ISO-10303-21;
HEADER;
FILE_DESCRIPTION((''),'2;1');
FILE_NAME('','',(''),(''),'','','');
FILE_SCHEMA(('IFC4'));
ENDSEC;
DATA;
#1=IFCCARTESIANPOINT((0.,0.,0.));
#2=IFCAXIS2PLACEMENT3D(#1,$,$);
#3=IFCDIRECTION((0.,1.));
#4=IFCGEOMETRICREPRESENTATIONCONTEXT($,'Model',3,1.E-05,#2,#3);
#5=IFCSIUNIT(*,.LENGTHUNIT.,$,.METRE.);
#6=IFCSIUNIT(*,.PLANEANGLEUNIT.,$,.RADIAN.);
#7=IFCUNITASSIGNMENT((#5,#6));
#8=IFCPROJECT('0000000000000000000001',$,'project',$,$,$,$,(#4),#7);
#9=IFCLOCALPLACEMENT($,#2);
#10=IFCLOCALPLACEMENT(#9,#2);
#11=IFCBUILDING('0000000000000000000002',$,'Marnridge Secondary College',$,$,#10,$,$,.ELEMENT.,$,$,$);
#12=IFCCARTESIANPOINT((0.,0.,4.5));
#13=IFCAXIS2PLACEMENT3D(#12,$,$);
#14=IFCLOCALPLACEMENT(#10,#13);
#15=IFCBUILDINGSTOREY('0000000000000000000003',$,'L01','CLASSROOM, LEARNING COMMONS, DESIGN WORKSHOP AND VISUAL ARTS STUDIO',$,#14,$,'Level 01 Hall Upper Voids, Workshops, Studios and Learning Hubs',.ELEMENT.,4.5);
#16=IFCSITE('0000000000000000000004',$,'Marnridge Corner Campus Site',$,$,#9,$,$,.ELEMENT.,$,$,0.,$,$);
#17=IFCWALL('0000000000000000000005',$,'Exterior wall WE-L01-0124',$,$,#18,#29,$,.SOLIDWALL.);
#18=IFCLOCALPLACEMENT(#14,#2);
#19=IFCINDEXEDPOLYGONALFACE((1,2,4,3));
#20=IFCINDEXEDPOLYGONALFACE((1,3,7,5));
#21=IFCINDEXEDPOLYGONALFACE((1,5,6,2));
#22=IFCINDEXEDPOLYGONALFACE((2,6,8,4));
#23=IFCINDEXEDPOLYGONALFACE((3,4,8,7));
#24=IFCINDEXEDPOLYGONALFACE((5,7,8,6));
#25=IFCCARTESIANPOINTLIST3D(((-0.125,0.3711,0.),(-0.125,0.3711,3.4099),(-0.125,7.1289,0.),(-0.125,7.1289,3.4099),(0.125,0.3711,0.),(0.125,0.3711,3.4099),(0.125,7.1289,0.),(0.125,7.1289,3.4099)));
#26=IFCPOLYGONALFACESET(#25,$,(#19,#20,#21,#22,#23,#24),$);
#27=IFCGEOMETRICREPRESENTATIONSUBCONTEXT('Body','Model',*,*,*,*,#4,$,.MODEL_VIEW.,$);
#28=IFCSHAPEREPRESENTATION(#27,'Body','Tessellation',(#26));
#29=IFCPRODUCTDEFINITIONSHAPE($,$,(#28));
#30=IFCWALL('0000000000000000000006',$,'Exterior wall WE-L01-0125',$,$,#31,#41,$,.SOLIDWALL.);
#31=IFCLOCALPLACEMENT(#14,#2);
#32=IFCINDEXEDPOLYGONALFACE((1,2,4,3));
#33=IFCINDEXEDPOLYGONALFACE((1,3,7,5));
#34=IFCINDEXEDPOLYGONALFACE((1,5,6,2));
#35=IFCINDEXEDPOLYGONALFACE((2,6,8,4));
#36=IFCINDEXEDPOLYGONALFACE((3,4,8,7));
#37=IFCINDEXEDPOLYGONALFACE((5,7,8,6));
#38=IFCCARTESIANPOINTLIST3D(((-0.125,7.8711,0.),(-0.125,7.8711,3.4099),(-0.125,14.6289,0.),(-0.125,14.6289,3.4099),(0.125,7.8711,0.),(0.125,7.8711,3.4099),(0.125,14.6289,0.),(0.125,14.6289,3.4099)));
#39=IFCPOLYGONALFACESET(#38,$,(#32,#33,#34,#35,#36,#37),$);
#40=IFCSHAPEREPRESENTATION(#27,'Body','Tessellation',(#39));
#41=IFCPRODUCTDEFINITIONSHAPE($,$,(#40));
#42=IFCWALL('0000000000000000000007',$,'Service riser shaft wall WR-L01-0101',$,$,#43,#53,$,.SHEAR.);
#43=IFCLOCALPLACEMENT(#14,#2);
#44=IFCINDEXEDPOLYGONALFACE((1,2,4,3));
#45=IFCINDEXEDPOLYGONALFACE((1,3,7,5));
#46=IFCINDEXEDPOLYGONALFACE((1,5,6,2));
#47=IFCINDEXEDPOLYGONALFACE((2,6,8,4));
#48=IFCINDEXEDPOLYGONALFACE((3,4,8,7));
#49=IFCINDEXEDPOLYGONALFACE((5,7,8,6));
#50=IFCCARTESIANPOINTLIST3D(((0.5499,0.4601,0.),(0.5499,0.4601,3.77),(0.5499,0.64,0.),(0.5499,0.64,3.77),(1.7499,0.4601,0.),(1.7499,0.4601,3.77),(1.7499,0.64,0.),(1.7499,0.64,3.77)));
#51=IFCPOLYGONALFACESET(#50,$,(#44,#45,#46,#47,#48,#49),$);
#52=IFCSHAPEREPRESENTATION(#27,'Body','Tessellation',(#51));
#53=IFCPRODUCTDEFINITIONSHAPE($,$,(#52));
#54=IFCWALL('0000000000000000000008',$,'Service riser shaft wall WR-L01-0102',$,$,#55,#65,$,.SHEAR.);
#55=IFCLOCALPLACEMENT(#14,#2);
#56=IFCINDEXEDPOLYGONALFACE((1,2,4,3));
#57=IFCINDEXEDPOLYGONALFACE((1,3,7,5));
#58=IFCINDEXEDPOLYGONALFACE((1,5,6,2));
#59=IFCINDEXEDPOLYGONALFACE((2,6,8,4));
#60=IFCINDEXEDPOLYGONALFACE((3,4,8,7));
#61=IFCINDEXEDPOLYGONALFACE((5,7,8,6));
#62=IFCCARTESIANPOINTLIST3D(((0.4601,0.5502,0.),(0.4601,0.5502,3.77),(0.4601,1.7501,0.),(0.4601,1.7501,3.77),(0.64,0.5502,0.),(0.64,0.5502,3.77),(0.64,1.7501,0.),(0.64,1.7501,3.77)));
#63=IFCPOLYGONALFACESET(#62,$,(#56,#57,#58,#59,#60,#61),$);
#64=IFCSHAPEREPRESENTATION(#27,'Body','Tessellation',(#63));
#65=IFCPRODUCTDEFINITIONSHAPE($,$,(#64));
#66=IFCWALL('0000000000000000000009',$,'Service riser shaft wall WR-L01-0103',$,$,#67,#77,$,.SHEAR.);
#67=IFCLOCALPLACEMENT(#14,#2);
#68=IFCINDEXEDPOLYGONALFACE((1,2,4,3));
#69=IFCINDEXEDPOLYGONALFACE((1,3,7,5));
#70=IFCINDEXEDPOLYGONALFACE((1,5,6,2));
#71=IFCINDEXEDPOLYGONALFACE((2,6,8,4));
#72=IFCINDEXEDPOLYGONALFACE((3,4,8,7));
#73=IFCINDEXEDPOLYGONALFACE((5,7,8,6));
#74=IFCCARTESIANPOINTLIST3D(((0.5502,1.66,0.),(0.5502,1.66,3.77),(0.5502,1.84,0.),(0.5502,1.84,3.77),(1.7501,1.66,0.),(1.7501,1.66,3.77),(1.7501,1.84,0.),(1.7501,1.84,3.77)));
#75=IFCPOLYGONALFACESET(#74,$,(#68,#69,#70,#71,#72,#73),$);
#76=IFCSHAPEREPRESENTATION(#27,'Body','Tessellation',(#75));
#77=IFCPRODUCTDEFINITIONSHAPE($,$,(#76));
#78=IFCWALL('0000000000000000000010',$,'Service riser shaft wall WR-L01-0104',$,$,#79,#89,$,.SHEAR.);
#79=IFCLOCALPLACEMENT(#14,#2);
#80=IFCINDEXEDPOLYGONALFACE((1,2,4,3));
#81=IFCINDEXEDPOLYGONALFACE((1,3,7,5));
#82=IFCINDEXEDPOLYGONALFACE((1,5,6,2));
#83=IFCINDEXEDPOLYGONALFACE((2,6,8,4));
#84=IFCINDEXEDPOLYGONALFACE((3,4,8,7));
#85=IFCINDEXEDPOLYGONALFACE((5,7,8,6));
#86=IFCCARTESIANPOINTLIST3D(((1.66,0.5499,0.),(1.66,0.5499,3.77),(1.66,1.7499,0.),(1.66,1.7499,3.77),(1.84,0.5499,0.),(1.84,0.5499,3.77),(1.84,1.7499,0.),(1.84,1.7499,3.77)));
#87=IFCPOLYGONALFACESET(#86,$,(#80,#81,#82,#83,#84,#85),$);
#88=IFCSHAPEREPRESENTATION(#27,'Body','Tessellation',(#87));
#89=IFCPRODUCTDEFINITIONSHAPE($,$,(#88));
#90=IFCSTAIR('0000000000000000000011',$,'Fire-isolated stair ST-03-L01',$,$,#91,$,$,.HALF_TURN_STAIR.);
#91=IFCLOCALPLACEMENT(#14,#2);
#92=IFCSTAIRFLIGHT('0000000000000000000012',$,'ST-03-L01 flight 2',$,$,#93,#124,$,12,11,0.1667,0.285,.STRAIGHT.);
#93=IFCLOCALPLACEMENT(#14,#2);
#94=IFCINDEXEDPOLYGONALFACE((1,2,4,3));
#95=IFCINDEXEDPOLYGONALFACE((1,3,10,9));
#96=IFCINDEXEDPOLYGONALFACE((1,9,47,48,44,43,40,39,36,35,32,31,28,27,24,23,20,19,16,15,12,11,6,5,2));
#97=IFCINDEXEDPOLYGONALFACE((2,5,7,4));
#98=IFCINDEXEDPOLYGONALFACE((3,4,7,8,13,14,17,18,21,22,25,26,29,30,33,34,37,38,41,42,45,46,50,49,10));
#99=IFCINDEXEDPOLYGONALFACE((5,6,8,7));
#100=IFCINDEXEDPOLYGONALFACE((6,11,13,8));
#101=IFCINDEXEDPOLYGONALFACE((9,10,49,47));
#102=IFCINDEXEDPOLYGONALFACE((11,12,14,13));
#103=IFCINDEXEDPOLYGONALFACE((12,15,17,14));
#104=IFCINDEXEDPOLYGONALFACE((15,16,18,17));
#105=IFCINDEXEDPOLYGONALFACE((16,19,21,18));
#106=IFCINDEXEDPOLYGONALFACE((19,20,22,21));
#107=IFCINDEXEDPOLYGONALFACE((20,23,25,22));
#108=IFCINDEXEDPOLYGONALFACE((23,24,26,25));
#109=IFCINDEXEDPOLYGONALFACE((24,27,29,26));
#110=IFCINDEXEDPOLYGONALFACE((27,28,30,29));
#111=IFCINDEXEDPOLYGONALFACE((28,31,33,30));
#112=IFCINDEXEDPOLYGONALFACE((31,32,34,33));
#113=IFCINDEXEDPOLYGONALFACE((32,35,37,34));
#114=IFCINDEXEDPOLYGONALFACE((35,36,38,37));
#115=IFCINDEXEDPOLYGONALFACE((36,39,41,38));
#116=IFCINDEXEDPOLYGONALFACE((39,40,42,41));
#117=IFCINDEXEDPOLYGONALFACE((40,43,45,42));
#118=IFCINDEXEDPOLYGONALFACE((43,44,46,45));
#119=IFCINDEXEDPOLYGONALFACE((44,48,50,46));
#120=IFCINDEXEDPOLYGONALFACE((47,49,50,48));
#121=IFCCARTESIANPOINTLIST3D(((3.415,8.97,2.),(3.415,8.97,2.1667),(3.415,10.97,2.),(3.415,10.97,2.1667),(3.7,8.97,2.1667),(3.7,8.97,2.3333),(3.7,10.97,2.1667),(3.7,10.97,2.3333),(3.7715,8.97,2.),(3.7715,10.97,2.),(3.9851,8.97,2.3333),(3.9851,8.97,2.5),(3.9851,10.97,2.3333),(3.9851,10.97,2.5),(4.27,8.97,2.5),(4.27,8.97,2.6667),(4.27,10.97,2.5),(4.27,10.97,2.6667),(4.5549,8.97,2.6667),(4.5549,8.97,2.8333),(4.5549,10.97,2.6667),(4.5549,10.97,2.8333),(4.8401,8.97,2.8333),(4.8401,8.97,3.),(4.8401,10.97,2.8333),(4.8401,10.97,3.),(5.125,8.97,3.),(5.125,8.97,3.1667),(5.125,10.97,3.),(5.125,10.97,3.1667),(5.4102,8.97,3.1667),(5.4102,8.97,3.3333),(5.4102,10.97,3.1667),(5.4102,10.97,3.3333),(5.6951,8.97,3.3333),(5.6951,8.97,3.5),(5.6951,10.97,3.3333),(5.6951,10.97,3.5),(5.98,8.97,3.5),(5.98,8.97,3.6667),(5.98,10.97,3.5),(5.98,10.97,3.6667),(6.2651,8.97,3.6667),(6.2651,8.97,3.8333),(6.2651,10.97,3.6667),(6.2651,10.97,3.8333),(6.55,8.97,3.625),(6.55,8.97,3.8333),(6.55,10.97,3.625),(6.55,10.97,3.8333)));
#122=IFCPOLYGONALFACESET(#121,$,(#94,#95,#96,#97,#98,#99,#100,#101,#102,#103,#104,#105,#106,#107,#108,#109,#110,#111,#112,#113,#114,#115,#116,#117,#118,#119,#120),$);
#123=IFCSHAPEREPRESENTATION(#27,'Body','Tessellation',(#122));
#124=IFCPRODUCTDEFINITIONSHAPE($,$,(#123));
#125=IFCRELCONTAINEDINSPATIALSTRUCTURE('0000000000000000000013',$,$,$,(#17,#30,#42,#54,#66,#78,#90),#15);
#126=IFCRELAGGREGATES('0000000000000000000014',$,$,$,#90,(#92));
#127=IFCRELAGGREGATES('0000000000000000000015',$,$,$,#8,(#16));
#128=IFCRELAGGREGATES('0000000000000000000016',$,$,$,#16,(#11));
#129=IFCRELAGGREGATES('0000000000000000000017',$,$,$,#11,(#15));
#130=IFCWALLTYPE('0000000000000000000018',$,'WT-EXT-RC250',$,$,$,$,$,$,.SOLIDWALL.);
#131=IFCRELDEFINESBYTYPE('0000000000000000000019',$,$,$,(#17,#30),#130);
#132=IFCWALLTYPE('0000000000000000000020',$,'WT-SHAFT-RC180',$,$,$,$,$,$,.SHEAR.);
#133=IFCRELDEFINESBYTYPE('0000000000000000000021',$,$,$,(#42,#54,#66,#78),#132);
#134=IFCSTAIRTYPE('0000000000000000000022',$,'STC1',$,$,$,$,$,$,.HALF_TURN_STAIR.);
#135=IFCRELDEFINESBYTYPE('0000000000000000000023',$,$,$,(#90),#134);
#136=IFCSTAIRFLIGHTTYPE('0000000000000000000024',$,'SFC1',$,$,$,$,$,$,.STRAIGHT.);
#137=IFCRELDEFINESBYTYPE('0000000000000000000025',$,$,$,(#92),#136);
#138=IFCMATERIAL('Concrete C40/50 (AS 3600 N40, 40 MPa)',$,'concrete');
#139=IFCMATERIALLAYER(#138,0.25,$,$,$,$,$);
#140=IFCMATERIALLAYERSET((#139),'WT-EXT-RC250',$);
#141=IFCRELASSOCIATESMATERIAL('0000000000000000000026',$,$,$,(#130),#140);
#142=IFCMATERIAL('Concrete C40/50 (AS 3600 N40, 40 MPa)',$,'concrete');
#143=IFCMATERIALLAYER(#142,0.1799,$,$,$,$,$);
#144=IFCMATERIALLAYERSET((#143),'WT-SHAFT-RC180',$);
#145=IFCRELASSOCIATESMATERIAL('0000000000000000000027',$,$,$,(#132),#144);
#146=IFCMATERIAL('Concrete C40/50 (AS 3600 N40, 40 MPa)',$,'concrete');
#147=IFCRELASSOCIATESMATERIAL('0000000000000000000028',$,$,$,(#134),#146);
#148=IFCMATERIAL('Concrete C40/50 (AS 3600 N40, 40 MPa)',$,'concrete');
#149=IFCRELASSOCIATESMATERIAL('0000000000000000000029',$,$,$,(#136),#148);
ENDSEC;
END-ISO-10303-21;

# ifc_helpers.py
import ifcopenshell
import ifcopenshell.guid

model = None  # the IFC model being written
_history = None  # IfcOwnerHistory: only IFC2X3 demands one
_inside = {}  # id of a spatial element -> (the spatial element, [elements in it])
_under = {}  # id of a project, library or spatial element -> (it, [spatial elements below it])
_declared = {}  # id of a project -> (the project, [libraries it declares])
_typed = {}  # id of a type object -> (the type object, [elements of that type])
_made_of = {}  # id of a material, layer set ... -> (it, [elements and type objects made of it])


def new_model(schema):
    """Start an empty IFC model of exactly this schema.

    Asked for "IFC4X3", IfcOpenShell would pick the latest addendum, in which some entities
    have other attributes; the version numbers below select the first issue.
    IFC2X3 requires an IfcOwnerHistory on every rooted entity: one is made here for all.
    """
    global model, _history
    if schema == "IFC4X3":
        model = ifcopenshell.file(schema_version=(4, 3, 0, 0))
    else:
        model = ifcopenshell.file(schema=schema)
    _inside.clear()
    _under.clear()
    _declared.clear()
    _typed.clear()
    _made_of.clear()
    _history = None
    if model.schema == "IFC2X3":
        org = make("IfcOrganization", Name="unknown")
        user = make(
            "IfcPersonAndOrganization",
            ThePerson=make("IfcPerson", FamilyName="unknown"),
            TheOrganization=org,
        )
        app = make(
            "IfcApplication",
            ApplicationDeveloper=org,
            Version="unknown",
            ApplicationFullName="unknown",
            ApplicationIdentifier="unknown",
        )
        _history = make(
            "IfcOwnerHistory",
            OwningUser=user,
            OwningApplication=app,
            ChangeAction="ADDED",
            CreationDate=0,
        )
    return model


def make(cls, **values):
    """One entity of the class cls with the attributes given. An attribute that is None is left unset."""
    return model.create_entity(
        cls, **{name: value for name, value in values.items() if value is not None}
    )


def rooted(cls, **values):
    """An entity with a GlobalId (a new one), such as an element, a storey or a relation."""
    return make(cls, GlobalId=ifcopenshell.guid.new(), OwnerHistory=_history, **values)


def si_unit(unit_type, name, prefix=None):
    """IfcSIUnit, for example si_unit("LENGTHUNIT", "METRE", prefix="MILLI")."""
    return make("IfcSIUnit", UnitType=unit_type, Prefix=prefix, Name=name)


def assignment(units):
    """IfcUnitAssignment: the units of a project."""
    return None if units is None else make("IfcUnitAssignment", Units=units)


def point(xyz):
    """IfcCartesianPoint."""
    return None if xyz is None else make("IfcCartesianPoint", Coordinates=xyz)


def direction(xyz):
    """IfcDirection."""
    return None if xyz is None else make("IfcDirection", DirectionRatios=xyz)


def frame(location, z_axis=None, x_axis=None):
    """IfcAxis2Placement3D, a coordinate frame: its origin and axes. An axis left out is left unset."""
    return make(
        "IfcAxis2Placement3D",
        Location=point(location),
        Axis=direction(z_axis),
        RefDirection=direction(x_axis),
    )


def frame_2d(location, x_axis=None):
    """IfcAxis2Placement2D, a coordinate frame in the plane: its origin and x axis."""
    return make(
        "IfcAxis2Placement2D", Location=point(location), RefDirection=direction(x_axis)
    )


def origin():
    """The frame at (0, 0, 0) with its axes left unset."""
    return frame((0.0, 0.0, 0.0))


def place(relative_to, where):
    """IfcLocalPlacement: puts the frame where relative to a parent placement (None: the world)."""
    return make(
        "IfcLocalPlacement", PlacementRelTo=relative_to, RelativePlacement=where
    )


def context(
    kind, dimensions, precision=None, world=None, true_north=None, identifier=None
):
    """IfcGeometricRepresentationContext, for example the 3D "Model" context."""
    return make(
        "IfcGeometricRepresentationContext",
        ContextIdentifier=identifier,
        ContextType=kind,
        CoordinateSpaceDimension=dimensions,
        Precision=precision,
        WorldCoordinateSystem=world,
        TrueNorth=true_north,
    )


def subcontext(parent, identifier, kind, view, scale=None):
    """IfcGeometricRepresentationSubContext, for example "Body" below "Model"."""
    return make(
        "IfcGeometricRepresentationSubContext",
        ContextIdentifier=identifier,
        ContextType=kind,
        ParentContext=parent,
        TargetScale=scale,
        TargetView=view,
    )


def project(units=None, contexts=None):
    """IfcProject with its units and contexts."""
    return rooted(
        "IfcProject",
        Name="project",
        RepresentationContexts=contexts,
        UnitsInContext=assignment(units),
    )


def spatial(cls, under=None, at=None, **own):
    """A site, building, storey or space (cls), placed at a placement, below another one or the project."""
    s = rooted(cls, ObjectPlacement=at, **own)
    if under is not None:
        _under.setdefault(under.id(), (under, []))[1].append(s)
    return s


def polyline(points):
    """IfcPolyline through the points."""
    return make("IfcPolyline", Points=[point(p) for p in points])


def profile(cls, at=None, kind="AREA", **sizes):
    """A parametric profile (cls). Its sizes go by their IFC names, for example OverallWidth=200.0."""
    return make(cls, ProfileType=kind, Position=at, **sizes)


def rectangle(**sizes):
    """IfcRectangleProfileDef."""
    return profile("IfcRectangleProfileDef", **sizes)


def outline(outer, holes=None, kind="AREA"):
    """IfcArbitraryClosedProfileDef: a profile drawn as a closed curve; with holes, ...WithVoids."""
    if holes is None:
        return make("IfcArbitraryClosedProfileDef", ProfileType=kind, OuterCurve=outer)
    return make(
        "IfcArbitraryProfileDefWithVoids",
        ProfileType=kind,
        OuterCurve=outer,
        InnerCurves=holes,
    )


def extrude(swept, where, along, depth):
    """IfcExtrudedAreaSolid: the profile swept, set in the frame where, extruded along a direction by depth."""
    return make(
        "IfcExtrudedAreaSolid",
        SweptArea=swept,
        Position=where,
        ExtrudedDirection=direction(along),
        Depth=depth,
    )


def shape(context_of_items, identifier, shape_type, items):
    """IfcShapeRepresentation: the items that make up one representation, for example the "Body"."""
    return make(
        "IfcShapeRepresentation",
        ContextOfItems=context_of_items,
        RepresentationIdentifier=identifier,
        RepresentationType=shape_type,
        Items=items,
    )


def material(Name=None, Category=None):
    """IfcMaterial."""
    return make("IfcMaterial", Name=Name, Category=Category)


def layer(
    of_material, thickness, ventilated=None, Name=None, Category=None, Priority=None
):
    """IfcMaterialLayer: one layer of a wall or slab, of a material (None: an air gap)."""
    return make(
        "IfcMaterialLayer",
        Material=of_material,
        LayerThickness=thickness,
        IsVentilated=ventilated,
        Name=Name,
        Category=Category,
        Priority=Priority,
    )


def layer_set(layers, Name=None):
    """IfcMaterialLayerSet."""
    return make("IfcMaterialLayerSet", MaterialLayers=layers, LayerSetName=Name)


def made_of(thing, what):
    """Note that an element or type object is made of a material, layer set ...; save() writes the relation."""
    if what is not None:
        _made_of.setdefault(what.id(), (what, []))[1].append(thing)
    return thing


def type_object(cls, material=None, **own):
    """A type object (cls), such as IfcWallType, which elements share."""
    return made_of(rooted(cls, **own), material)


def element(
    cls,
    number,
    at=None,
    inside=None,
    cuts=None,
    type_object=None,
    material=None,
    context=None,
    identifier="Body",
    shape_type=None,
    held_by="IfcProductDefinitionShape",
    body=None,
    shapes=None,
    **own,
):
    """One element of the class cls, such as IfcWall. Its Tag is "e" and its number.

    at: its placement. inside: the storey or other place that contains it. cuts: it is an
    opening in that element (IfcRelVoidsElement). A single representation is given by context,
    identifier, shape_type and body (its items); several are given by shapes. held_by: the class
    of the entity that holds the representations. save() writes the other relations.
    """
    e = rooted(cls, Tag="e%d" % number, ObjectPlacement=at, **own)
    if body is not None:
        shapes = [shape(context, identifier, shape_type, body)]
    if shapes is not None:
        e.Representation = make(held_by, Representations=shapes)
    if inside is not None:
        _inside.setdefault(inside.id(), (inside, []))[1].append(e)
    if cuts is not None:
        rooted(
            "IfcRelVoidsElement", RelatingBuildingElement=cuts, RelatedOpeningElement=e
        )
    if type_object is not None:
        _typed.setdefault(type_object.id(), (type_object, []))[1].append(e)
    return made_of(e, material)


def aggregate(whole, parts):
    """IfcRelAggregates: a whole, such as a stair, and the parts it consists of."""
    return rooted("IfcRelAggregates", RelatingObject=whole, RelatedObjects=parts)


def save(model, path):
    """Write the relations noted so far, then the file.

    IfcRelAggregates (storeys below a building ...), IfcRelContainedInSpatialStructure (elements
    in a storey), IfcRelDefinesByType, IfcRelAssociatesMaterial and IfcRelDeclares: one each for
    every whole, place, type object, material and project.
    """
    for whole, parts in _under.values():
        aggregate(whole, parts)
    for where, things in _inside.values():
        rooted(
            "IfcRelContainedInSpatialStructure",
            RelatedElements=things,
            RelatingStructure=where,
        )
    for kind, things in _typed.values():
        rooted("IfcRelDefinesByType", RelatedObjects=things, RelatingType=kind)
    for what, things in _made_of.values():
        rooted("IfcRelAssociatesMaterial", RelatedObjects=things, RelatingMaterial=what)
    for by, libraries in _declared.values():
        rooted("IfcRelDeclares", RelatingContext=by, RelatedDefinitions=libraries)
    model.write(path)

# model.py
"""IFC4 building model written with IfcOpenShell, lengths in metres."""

from ifc_helpers import new_model, si_unit, direction, frame, frame_2d, origin, place, context, subcontext, project, spatial, polyline, rectangle, outline, extrude, material, layer, layer_set, type_object, element, aggregate, save


model = new_model("IFC4")

# Units and contexts
model_context = context("Model", 3, precision=1e-05, world=origin(), true_north=direction((0.0, 1.0)))
body_context = subcontext(model_context, "Body", "Model", "MODEL_VIEW")
ifc_project = project(units=[si_unit("LENGTHUNIT", "METRE"), si_unit("PLANEANGLEUNIT", "RADIAN")], contexts=[model_context])

# Site, building, storey
site_placement = place(None, origin())
site = spatial("IfcSite", under=ifc_project, at=site_placement, Name="Marnridge Corner Campus Site", CompositionType="ELEMENT", RefElevation=0.0)
building_placement = place(site_placement, origin())
building = spatial("IfcBuilding", under=site, at=building_placement, Name="Marnridge Secondary College", CompositionType="ELEMENT")
storey_placement = place(building_placement, frame((0.0, 0.0, 4.5)))
storey = spatial("IfcBuildingStorey", under=building, at=storey_placement, Name="L01", Description="CLASSROOM, LEARNING COMMONS, DESIGN WORKSHOP AND VISUAL ARTS STUDIO", LongName="Level 01 Hall Upper Voids, Workshops, Studios and Learning Hubs", CompositionType="ELEMENT", Elevation=4.5)

# Walls
ifc_material_1 = material(Name="Concrete C40/50 (AS 3600 N40, 40 MPa)", Category="concrete")
ifc_layer_1 = layer(ifc_material_1, 0.25)
ifc_layer_set_1 = layer_set([ifc_layer_1], Name="WT-EXT-RC250")
wall_type_1 = type_object("IfcWallType", Name="WT-EXT-RC250", PredefinedType="SOLIDWALL", material=ifc_layer_set_1)
for number, where, z_axis, x_axis, name in (
    (1, (0.0, 0.3711, 0.0), (0.0, 0.0, 1.0), (0.0, 1.0, 0.0), "Exterior wall WE-L01-0124"),
    (2, (0.0, 7.8711, 0.0), (0.0, 0.0, 1.0), (0.0, 1.0, 0.0), "Exterior wall WE-L01-0125"),
):
    element("IfcWall", number, at=place(storey_placement, frame(where, z_axis=z_axis, x_axis=x_axis)), inside=storey, type_object=wall_type_1, Name=name, PredefinedType="SOLIDWALL", context=body_context, shape_type="SweptSolid", body=[
        extrude(rectangle(XDim=6.7578, YDim=0.25, at=frame_2d((3.3789, 0.0))), origin(), (0.0, 0.0, 1.0), 3.4099),
    ])
ifc_material_2 = material(Name="Concrete C40/50 (AS 3600 N40, 40 MPa)", Category="concrete")
ifc_layer_2 = layer(ifc_material_2, 0.1799)
ifc_layer_set_2 = layer_set([ifc_layer_2], Name="WT-SHAFT-RC180")
wall_type_2 = type_object("IfcWallType", Name="WT-SHAFT-RC180", PredefinedType="SHEAR", material=ifc_layer_set_2)
for number, where, z_axis, x_axis, name in (
    (3, (1.75, 0.55, 0.0), (0.0, 0.0, 1.0), (-1.0, 0.0, 0.0), "Service riser shaft wall WR-L01-0101"),
    (4, (0.55, 0.55, 0.0), (0.0, 0.0, 1.0), (0.0, 1.0, 0.0), "Service riser shaft wall WR-L01-0102"),
    (5, (0.55, 1.75, 0.0), (0.0, 0.0, 1.0), (1.0, 0.0, 0.0), "Service riser shaft wall WR-L01-0103"),
    (6, (1.75, 1.75, 0.0), (0.0, 0.0, 1.0), (0.0, -1.0, 0.0), "Service riser shaft wall WR-L01-0104"),
):
    element("IfcWall", number, at=place(storey_placement, frame(where, z_axis=z_axis, x_axis=x_axis)), inside=storey, type_object=wall_type_2, Name=name, PredefinedType="SHEAR", context=body_context, shape_type="SweptSolid", body=[
        extrude(rectangle(XDim=1.2, YDim=0.1799, at=frame_2d((0.6001, 0.0))), origin(), (0.0, 0.0, 1.0), 3.77),
    ])

# Stair, stair flight
ifc_material_3 = material(Name="Concrete C40/50 (AS 3600 N40, 40 MPa)", Category="concrete")
stair_type = type_object("IfcStairType", Name="STC1", PredefinedType="HALF_TURN_STAIR", material=ifc_material_3)
stair_placement = place(storey_placement, origin())
stair = element("IfcStair", 7, at=stair_placement, inside=storey, type_object=stair_type, Name="Fire-isolated stair ST-03-L01", PredefinedType="HALF_TURN_STAIR")
ifc_material_4 = material(Name="Concrete C40/50 (AS 3600 N40, 40 MPa)", Category="concrete")
stair_flight_type = type_object("IfcStairFlightType", Name="SFC1", PredefinedType="STRAIGHT", material=ifc_material_4)
stair_flight_placement = place(storey_placement, frame((3.415, 9.97, 2.0), z_axis=(0.0, 0.0, 1.0), x_axis=(1.0, 0.0, 0.0)))
stair_flight = element("IfcStairFlight", 8, at=stair_flight_placement, type_object=stair_flight_type, Name="ST-03-L01 flight 2", NumberOfRisers=12, NumberOfTreads=11, PredefinedType="STRAIGHT", RiserHeight=0.1667, TreadLength=0.285, context=body_context, shape_type="SweptSolid", body=[
    extrude(outline(polyline([(0.0, 0.0), (0.0, 0.1667), (0.2849, 0.1667), (0.2849, 0.3333), (0.5701, 0.3333), (0.5701, 0.5), (0.855, 0.5), (0.855, 0.6667), (1.1399, 0.6667), (1.1399, 0.8333), (1.425, 0.8333), (1.425, 1.0), (1.71, 1.0), (1.71, 1.1667), (1.9951, 1.1667), (1.9951, 1.3333), (2.28, 1.3333), (2.28, 1.5), (2.5649, 1.5), (2.5649, 1.6667), (2.8501, 1.6667), (2.8501, 1.8333), (3.135, 1.8333), (3.135, 2.0), (3.135, 1.625), (0.3564, 0.0), (0.0, 0.0)])), frame((0.0, 1.0, 0.0), z_axis=(0.0, -1.0, 0.0), x_axis=(1.0, 0.0, 0.0)), (0.0, 0.0, 1.0), 2.0),
])
aggregate(stair, [stair_flight])

save(model, "model.ifc")
